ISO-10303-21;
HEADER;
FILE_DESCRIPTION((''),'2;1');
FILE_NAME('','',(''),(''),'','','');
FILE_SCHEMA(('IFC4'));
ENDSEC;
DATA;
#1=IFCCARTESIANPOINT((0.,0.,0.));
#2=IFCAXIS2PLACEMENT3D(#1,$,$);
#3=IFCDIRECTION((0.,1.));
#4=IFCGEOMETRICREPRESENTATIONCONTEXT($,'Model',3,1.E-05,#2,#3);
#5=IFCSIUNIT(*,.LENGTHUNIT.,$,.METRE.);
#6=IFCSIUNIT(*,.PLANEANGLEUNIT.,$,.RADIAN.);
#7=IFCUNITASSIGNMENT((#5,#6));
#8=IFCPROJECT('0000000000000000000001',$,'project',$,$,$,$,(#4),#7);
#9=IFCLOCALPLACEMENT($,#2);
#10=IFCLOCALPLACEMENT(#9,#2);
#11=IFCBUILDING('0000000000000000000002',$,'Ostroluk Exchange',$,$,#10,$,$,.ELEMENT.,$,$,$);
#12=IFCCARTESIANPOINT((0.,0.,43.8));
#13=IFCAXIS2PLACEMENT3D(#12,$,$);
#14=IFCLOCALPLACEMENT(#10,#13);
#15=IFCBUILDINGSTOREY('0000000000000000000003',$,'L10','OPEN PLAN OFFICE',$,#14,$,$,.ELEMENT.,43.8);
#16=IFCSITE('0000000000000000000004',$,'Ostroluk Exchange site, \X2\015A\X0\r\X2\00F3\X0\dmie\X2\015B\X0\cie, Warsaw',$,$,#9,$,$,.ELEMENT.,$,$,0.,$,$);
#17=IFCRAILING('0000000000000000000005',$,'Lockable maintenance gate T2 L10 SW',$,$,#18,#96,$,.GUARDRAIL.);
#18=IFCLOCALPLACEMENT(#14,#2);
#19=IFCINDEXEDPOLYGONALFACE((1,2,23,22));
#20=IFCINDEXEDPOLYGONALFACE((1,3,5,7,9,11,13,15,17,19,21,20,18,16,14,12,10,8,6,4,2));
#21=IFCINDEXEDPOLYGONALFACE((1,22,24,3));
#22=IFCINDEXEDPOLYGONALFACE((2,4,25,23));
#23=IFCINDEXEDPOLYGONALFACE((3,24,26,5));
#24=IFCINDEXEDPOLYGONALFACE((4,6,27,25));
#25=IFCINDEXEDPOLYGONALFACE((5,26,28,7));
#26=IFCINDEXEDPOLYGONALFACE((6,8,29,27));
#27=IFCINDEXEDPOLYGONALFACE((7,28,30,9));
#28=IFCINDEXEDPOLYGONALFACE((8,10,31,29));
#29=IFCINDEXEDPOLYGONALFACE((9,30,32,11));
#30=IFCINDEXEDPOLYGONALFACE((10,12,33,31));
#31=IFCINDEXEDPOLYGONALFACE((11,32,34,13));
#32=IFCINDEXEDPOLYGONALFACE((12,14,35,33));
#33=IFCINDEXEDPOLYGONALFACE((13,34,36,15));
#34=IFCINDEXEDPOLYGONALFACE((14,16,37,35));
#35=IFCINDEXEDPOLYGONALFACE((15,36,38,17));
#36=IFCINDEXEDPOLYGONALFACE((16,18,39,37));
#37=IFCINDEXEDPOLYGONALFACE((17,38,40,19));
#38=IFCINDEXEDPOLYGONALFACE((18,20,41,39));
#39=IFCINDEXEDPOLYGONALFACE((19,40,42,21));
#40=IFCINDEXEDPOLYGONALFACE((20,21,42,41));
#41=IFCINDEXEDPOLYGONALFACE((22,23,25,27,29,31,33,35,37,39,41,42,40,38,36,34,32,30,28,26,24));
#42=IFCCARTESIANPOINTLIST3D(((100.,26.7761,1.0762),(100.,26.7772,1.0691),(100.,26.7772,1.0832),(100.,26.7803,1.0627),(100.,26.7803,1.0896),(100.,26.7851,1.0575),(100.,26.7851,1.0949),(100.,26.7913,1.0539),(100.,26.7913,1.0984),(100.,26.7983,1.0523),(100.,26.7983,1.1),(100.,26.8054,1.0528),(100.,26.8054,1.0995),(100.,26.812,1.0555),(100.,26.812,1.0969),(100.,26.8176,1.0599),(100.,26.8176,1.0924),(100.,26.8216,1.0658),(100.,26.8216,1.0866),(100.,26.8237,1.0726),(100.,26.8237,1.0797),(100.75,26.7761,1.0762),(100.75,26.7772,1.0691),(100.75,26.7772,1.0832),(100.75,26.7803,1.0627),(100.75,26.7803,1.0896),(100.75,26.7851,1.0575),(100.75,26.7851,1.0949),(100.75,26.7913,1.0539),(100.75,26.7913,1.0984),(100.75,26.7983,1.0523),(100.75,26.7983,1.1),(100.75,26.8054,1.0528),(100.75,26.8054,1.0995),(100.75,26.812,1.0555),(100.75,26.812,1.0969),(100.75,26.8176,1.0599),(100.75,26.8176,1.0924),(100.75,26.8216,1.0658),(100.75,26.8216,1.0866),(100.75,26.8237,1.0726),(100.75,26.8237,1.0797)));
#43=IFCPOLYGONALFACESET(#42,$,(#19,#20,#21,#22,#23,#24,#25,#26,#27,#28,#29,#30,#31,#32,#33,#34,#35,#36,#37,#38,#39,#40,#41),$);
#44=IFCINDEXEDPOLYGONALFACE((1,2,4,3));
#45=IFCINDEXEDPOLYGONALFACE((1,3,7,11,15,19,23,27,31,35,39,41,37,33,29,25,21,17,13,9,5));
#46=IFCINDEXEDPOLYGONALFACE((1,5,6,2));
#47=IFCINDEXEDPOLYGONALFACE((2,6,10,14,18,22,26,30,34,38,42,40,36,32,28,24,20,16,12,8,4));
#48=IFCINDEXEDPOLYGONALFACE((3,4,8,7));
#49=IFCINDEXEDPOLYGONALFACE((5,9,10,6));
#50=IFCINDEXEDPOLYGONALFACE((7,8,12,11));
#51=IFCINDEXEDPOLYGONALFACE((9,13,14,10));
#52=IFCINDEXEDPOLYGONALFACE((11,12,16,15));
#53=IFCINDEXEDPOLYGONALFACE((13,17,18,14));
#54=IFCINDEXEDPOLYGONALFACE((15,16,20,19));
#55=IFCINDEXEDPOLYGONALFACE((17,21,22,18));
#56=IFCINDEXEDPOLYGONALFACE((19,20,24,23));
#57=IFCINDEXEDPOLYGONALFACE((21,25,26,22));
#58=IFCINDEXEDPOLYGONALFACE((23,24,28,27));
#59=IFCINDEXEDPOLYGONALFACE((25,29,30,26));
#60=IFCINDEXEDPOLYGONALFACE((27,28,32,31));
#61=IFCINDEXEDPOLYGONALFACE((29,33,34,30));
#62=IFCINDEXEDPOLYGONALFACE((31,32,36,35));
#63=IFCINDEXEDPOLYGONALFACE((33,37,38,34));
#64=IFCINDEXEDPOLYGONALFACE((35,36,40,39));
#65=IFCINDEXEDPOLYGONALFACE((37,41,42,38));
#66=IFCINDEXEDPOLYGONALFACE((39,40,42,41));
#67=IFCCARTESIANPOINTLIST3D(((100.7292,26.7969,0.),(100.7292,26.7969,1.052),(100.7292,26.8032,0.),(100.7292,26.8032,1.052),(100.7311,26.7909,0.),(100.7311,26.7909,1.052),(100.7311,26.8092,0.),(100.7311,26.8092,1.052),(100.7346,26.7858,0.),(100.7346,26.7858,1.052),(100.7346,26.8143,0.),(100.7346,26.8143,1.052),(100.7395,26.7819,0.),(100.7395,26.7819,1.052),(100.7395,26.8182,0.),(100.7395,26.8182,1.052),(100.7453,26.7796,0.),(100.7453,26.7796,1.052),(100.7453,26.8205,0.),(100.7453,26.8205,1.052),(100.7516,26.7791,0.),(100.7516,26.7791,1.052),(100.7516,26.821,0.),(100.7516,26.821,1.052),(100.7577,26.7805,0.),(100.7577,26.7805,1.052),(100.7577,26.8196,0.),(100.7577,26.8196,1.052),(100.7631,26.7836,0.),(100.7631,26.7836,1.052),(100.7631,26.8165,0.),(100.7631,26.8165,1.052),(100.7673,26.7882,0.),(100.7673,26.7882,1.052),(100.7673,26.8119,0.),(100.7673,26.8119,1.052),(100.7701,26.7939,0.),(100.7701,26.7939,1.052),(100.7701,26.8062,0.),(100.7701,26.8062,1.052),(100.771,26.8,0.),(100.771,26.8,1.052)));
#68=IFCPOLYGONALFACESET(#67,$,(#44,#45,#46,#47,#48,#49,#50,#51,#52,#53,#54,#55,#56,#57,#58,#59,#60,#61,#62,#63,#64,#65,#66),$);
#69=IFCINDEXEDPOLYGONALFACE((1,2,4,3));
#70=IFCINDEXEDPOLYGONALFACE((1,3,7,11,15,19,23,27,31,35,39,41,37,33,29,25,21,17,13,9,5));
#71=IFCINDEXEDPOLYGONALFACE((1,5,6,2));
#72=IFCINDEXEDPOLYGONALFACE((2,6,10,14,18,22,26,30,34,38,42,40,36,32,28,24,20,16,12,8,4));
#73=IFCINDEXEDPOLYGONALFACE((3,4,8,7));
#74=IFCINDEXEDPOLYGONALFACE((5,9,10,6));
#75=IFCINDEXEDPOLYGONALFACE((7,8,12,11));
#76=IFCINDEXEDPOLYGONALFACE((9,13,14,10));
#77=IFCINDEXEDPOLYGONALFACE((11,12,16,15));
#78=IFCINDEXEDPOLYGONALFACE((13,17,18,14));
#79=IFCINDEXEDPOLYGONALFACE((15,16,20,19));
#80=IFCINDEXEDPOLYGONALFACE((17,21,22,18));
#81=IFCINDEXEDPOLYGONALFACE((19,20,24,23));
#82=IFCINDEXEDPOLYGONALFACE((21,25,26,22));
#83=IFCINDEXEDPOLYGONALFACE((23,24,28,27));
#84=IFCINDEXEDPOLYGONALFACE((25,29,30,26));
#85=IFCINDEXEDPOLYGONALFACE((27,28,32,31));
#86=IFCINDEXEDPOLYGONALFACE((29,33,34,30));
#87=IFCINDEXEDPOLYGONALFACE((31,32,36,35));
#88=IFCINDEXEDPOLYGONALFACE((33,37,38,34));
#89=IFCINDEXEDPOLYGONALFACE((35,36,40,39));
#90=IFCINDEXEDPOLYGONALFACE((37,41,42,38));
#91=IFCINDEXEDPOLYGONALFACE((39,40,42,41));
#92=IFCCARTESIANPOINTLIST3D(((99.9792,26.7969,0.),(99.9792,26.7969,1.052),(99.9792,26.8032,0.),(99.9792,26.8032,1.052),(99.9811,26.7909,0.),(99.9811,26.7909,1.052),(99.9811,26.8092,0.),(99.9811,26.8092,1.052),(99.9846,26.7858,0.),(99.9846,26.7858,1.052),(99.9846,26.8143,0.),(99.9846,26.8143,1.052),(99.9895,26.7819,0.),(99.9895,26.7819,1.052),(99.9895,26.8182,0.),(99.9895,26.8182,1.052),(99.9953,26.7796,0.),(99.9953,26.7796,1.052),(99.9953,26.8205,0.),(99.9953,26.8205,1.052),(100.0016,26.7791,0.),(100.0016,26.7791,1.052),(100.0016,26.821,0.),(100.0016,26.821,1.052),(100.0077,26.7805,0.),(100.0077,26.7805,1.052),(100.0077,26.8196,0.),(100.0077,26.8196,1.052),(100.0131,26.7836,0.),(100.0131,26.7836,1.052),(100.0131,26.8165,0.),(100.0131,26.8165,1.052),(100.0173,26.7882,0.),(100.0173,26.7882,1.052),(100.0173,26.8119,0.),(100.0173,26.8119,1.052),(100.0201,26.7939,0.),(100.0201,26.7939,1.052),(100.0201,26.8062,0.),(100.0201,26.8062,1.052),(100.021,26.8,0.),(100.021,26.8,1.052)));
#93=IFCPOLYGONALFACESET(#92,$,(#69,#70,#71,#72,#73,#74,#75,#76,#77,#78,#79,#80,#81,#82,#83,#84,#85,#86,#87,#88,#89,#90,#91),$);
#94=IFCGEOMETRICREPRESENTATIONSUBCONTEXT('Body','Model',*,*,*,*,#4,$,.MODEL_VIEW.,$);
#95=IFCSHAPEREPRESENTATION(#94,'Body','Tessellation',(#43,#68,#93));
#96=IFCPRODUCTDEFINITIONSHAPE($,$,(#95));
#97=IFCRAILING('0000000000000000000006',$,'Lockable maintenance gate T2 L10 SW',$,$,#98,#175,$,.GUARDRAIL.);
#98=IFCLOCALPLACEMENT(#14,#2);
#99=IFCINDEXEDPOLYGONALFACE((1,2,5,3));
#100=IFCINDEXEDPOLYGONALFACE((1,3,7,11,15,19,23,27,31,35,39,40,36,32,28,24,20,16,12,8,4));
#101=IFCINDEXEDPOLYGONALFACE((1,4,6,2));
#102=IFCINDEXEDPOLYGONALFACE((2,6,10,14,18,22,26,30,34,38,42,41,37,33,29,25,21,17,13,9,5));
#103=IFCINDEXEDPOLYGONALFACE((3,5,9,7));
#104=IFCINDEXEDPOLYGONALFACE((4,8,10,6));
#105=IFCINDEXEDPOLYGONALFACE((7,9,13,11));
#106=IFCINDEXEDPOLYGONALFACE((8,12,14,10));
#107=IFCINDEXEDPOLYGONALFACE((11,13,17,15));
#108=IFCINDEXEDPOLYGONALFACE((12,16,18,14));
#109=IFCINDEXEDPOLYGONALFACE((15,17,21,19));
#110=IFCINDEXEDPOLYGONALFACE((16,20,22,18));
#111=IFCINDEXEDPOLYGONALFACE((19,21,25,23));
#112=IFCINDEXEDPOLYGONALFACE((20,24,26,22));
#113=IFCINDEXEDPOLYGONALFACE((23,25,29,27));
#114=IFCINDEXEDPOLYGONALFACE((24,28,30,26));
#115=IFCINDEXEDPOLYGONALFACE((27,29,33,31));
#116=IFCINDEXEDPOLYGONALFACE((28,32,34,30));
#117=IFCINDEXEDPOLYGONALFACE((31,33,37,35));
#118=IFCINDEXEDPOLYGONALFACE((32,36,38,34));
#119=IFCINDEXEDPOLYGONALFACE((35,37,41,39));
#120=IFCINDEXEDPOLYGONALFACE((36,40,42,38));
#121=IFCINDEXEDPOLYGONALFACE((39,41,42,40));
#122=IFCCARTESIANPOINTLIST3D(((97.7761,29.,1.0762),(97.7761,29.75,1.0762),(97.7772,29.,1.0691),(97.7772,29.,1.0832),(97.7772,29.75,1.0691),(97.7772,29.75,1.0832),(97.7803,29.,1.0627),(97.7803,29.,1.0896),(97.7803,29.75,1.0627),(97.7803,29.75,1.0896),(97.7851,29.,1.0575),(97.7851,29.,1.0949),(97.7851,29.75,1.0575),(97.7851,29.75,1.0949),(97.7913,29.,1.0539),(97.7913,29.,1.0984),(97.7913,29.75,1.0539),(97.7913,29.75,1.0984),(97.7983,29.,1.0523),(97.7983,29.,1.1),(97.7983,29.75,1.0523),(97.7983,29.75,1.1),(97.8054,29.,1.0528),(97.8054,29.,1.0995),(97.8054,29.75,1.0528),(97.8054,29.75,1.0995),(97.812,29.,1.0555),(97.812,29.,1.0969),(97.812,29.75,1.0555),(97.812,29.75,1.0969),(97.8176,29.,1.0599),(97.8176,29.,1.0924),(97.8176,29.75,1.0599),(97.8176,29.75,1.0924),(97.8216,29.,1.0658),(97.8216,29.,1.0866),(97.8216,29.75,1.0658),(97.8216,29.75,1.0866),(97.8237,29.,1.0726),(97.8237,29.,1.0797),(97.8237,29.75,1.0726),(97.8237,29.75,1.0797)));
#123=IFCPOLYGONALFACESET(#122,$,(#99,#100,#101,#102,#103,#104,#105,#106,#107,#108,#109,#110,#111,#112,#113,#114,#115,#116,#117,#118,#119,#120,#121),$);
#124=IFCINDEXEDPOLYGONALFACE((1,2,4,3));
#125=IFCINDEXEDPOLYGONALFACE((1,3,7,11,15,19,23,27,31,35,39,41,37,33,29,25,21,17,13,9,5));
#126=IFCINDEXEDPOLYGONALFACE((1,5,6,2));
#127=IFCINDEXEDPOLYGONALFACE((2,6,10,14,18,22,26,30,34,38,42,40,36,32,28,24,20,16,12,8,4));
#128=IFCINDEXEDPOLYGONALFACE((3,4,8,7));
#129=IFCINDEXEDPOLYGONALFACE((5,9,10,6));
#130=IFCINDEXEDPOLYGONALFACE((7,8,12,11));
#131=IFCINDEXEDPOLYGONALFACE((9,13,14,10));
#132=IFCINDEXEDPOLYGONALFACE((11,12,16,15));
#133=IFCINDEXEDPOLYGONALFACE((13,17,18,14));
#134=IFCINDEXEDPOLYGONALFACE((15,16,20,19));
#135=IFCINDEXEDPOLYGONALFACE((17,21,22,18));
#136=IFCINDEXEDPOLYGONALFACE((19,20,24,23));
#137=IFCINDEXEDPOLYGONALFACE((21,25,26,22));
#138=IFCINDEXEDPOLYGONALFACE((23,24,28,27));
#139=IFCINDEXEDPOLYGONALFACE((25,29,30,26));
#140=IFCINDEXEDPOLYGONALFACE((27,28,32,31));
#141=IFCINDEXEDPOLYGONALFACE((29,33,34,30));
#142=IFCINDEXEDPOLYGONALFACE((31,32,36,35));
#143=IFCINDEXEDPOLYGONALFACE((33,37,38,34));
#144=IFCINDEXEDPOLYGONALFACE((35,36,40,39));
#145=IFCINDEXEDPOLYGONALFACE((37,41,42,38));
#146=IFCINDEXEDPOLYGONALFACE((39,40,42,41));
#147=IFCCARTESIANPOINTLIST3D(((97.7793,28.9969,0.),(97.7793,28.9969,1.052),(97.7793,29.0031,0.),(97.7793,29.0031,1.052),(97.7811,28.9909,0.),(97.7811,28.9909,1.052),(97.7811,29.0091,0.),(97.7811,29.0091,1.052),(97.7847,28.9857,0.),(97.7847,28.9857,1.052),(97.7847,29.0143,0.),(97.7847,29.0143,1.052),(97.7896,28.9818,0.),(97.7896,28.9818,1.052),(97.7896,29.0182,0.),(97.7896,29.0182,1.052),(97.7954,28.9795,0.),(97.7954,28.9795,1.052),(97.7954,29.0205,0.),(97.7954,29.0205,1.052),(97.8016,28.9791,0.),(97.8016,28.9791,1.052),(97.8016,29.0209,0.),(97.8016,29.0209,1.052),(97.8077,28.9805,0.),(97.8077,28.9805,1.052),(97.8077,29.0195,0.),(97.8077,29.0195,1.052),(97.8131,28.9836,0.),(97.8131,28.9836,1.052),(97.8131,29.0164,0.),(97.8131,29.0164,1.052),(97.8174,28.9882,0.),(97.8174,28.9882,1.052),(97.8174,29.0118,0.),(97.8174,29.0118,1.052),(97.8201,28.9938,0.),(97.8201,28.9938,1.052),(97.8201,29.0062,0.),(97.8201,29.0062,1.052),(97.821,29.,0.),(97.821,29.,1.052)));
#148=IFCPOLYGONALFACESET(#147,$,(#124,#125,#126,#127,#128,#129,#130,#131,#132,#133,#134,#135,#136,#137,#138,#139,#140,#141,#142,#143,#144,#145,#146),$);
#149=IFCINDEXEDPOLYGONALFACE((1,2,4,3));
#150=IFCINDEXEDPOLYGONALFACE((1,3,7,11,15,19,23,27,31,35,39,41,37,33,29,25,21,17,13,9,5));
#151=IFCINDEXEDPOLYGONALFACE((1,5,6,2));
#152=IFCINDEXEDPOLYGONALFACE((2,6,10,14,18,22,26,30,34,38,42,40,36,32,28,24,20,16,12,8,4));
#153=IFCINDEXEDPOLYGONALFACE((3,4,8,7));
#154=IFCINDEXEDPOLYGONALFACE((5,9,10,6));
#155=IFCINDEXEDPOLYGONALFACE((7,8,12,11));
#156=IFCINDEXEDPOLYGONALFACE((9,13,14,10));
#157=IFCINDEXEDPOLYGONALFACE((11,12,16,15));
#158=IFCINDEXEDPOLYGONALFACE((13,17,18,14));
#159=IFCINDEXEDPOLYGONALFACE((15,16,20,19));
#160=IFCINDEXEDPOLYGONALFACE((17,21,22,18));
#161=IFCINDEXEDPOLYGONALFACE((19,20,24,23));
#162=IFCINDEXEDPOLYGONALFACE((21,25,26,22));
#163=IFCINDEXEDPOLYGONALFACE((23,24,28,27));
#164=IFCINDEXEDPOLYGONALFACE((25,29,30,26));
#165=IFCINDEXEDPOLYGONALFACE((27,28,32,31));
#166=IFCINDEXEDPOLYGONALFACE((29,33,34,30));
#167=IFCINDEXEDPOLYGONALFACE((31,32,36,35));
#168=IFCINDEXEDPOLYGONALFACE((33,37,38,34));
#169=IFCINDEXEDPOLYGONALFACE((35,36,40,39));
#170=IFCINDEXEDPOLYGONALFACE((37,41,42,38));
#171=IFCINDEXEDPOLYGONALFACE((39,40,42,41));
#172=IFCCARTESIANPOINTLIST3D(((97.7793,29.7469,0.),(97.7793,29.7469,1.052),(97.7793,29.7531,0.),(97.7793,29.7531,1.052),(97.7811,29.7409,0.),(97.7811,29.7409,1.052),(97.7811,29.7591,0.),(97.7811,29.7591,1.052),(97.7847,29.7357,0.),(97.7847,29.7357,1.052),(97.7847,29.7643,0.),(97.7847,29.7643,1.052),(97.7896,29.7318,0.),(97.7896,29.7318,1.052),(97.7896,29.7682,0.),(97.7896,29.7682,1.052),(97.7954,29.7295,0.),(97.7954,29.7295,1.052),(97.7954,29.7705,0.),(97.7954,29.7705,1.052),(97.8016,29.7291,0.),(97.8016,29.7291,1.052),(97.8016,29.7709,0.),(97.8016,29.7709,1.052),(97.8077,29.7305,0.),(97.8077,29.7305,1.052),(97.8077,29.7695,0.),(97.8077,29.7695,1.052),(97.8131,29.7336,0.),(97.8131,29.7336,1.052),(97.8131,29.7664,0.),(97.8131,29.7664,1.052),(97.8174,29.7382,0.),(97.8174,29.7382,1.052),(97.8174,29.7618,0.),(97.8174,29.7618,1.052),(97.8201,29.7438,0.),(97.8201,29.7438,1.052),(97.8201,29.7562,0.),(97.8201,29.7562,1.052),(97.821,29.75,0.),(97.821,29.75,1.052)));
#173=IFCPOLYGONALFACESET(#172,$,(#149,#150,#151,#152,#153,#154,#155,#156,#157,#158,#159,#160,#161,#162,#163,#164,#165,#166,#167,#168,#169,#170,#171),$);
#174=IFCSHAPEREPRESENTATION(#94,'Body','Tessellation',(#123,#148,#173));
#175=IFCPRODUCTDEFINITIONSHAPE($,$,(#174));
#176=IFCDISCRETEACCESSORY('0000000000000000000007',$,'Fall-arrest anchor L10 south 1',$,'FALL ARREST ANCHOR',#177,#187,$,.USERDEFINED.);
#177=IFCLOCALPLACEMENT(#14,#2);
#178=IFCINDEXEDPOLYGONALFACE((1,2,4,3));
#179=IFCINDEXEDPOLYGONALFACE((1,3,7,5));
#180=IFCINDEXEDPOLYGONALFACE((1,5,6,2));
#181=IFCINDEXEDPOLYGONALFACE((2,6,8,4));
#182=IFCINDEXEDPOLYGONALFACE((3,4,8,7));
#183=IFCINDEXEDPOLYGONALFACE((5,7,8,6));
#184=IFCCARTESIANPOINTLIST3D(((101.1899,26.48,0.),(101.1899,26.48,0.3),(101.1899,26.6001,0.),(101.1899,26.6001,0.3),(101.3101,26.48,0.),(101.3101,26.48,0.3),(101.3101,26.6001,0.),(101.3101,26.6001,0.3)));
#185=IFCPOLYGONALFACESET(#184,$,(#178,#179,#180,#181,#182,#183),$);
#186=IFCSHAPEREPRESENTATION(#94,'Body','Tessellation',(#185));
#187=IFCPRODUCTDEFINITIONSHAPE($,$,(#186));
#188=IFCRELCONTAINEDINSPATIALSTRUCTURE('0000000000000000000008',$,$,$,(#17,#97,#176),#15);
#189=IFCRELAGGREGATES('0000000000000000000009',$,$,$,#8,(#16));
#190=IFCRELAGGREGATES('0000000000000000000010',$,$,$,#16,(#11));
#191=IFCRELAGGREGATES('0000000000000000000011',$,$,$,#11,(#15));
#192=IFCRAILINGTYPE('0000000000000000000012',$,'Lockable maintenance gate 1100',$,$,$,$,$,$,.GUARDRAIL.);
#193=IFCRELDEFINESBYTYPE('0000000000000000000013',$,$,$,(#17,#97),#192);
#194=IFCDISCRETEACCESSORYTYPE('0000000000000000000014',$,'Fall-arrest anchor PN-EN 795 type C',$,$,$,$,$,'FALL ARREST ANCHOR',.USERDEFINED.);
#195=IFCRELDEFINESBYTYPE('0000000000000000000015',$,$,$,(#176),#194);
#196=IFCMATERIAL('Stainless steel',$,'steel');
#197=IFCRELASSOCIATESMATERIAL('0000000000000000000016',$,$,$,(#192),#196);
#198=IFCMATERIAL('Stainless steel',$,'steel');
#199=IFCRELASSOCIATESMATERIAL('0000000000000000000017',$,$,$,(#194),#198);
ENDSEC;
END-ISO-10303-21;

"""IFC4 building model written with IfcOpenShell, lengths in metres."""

from ifc_helpers import new_model, si_unit, direction, frame, origin, origin_2d, place, context, subcontext, project, spatial, rectangle, circle, extrude, material, type_object, element, save


model = new_model("IFC4")

# Units and contexts
model_context = context("Model", 3, precision=1e-05, world=origin(), true_north=direction((0.0, 1.0)))
body_context = subcontext(model_context, "Body", "Model", "MODEL_VIEW")
ifc_project = project(units=[si_unit("LENGTHUNIT", "METRE"), si_unit("PLANEANGLEUNIT", "RADIAN")], contexts=[model_context])

# Site, building, storey
site_placement = place(None, origin())
site = spatial("IfcSite", under=ifc_project, at=site_placement, Name="Ostroluk Exchange site, Śródmieście, Warsaw", CompositionType="ELEMENT", RefElevation=0.0)
building_placement = place(site_placement, origin())
building = spatial("IfcBuilding", under=site, at=building_placement, Name="Ostroluk Exchange", CompositionType="ELEMENT")
storey_placement = place(building_placement, frame((0.0, 0.0, 43.8)))
storey = spatial("IfcBuildingStorey", under=building, at=storey_placement, Name="L10", Description="OPEN PLAN OFFICE", CompositionType="ELEMENT", Elevation=43.8)

# Railings
ifc_material_1 = material(Name="Stainless steel", Category="steel")
railing_type_1 = type_object("IfcRailingType", Name="Lockable maintenance gate 1100", PredefinedType="GUARDRAIL", material=ifc_material_1)
railing_1_placement = place(storey_placement, frame((100.75, 26.8, 0.0)))
element("IfcRailing", 1, at=railing_1_placement, inside=storey, type_object=railing_type_1, Name="Lockable maintenance gate T2 L10 SW", PredefinedType="GUARDRAIL", context=body_context, shape_type="SweptSolid", body=[
    extrude(circle(Radius=0.0239, at=origin_2d()), frame((0.0, 0.0, 1.0762), z_axis=(-1.0, 0.0, 0.0), x_axis=(0.0, -1.0, 0.0)), (0.0, 0.0, 1.0), 0.75),
    extrude(circle(Radius=0.021, at=origin_2d()), origin(), (0.0, 0.0, 1.0), 1.052),
    extrude(circle(Radius=0.021, at=origin_2d()), frame((-0.75, 0.0, 0.0)), (0.0, 0.0, 1.0), 1.052),
])
railing_2_placement = place(storey_placement, frame((97.8, 29.0, 0.0)))
element("IfcRailing", 2, at=railing_2_placement, inside=storey, type_object=railing_type_1, Name="Lockable maintenance gate T2 L10 SW", PredefinedType="GUARDRAIL", context=body_context, shape_type="SweptSolid", body=[
    extrude(circle(Radius=0.0239, at=origin_2d()), frame((0.0, 0.0, 1.0762), z_axis=(0.0, 1.0, 0.0), x_axis=(-1.0, 0.0, 0.0)), (0.0, 0.0, 1.0), 0.75),
    extrude(circle(Radius=0.021, at=origin_2d()), origin(), (0.0, 0.0, 1.0), 1.052),
    extrude(circle(Radius=0.021, at=origin_2d()), frame((0.0, 0.75, 0.0)), (0.0, 0.0, 1.0), 1.052),
])

# Discrete accessory
ifc_material_2 = material(Name="Stainless steel", Category="steel")
discrete_accessory_type = type_object("IfcDiscreteAccessoryType", Name="Fall-arrest anchor PN-EN 795 type C", ElementType="FALL ARREST ANCHOR", PredefinedType="USERDEFINED", material=ifc_material_2)
discrete_accessory_placement = place(storey_placement, frame((101.25, 26.54, 0.0), z_axis=(0.0, 0.0, 1.0), x_axis=(1.0, 0.0, 0.0)))
element("IfcDiscreteAccessory", 3, at=discrete_accessory_placement, inside=storey, type_object=discrete_accessory_type, Name="Fall-arrest anchor L10 south 1", ObjectType="FALL ARREST ANCHOR", PredefinedType="USERDEFINED", context=body_context, shape_type="SweptSolid", body=[
    extrude(rectangle(XDim=0.1201, YDim=0.1201, at=origin_2d()), origin(), (0.0, 0.0, 1.0), 0.3),
])

save(model, "model.ifc")
